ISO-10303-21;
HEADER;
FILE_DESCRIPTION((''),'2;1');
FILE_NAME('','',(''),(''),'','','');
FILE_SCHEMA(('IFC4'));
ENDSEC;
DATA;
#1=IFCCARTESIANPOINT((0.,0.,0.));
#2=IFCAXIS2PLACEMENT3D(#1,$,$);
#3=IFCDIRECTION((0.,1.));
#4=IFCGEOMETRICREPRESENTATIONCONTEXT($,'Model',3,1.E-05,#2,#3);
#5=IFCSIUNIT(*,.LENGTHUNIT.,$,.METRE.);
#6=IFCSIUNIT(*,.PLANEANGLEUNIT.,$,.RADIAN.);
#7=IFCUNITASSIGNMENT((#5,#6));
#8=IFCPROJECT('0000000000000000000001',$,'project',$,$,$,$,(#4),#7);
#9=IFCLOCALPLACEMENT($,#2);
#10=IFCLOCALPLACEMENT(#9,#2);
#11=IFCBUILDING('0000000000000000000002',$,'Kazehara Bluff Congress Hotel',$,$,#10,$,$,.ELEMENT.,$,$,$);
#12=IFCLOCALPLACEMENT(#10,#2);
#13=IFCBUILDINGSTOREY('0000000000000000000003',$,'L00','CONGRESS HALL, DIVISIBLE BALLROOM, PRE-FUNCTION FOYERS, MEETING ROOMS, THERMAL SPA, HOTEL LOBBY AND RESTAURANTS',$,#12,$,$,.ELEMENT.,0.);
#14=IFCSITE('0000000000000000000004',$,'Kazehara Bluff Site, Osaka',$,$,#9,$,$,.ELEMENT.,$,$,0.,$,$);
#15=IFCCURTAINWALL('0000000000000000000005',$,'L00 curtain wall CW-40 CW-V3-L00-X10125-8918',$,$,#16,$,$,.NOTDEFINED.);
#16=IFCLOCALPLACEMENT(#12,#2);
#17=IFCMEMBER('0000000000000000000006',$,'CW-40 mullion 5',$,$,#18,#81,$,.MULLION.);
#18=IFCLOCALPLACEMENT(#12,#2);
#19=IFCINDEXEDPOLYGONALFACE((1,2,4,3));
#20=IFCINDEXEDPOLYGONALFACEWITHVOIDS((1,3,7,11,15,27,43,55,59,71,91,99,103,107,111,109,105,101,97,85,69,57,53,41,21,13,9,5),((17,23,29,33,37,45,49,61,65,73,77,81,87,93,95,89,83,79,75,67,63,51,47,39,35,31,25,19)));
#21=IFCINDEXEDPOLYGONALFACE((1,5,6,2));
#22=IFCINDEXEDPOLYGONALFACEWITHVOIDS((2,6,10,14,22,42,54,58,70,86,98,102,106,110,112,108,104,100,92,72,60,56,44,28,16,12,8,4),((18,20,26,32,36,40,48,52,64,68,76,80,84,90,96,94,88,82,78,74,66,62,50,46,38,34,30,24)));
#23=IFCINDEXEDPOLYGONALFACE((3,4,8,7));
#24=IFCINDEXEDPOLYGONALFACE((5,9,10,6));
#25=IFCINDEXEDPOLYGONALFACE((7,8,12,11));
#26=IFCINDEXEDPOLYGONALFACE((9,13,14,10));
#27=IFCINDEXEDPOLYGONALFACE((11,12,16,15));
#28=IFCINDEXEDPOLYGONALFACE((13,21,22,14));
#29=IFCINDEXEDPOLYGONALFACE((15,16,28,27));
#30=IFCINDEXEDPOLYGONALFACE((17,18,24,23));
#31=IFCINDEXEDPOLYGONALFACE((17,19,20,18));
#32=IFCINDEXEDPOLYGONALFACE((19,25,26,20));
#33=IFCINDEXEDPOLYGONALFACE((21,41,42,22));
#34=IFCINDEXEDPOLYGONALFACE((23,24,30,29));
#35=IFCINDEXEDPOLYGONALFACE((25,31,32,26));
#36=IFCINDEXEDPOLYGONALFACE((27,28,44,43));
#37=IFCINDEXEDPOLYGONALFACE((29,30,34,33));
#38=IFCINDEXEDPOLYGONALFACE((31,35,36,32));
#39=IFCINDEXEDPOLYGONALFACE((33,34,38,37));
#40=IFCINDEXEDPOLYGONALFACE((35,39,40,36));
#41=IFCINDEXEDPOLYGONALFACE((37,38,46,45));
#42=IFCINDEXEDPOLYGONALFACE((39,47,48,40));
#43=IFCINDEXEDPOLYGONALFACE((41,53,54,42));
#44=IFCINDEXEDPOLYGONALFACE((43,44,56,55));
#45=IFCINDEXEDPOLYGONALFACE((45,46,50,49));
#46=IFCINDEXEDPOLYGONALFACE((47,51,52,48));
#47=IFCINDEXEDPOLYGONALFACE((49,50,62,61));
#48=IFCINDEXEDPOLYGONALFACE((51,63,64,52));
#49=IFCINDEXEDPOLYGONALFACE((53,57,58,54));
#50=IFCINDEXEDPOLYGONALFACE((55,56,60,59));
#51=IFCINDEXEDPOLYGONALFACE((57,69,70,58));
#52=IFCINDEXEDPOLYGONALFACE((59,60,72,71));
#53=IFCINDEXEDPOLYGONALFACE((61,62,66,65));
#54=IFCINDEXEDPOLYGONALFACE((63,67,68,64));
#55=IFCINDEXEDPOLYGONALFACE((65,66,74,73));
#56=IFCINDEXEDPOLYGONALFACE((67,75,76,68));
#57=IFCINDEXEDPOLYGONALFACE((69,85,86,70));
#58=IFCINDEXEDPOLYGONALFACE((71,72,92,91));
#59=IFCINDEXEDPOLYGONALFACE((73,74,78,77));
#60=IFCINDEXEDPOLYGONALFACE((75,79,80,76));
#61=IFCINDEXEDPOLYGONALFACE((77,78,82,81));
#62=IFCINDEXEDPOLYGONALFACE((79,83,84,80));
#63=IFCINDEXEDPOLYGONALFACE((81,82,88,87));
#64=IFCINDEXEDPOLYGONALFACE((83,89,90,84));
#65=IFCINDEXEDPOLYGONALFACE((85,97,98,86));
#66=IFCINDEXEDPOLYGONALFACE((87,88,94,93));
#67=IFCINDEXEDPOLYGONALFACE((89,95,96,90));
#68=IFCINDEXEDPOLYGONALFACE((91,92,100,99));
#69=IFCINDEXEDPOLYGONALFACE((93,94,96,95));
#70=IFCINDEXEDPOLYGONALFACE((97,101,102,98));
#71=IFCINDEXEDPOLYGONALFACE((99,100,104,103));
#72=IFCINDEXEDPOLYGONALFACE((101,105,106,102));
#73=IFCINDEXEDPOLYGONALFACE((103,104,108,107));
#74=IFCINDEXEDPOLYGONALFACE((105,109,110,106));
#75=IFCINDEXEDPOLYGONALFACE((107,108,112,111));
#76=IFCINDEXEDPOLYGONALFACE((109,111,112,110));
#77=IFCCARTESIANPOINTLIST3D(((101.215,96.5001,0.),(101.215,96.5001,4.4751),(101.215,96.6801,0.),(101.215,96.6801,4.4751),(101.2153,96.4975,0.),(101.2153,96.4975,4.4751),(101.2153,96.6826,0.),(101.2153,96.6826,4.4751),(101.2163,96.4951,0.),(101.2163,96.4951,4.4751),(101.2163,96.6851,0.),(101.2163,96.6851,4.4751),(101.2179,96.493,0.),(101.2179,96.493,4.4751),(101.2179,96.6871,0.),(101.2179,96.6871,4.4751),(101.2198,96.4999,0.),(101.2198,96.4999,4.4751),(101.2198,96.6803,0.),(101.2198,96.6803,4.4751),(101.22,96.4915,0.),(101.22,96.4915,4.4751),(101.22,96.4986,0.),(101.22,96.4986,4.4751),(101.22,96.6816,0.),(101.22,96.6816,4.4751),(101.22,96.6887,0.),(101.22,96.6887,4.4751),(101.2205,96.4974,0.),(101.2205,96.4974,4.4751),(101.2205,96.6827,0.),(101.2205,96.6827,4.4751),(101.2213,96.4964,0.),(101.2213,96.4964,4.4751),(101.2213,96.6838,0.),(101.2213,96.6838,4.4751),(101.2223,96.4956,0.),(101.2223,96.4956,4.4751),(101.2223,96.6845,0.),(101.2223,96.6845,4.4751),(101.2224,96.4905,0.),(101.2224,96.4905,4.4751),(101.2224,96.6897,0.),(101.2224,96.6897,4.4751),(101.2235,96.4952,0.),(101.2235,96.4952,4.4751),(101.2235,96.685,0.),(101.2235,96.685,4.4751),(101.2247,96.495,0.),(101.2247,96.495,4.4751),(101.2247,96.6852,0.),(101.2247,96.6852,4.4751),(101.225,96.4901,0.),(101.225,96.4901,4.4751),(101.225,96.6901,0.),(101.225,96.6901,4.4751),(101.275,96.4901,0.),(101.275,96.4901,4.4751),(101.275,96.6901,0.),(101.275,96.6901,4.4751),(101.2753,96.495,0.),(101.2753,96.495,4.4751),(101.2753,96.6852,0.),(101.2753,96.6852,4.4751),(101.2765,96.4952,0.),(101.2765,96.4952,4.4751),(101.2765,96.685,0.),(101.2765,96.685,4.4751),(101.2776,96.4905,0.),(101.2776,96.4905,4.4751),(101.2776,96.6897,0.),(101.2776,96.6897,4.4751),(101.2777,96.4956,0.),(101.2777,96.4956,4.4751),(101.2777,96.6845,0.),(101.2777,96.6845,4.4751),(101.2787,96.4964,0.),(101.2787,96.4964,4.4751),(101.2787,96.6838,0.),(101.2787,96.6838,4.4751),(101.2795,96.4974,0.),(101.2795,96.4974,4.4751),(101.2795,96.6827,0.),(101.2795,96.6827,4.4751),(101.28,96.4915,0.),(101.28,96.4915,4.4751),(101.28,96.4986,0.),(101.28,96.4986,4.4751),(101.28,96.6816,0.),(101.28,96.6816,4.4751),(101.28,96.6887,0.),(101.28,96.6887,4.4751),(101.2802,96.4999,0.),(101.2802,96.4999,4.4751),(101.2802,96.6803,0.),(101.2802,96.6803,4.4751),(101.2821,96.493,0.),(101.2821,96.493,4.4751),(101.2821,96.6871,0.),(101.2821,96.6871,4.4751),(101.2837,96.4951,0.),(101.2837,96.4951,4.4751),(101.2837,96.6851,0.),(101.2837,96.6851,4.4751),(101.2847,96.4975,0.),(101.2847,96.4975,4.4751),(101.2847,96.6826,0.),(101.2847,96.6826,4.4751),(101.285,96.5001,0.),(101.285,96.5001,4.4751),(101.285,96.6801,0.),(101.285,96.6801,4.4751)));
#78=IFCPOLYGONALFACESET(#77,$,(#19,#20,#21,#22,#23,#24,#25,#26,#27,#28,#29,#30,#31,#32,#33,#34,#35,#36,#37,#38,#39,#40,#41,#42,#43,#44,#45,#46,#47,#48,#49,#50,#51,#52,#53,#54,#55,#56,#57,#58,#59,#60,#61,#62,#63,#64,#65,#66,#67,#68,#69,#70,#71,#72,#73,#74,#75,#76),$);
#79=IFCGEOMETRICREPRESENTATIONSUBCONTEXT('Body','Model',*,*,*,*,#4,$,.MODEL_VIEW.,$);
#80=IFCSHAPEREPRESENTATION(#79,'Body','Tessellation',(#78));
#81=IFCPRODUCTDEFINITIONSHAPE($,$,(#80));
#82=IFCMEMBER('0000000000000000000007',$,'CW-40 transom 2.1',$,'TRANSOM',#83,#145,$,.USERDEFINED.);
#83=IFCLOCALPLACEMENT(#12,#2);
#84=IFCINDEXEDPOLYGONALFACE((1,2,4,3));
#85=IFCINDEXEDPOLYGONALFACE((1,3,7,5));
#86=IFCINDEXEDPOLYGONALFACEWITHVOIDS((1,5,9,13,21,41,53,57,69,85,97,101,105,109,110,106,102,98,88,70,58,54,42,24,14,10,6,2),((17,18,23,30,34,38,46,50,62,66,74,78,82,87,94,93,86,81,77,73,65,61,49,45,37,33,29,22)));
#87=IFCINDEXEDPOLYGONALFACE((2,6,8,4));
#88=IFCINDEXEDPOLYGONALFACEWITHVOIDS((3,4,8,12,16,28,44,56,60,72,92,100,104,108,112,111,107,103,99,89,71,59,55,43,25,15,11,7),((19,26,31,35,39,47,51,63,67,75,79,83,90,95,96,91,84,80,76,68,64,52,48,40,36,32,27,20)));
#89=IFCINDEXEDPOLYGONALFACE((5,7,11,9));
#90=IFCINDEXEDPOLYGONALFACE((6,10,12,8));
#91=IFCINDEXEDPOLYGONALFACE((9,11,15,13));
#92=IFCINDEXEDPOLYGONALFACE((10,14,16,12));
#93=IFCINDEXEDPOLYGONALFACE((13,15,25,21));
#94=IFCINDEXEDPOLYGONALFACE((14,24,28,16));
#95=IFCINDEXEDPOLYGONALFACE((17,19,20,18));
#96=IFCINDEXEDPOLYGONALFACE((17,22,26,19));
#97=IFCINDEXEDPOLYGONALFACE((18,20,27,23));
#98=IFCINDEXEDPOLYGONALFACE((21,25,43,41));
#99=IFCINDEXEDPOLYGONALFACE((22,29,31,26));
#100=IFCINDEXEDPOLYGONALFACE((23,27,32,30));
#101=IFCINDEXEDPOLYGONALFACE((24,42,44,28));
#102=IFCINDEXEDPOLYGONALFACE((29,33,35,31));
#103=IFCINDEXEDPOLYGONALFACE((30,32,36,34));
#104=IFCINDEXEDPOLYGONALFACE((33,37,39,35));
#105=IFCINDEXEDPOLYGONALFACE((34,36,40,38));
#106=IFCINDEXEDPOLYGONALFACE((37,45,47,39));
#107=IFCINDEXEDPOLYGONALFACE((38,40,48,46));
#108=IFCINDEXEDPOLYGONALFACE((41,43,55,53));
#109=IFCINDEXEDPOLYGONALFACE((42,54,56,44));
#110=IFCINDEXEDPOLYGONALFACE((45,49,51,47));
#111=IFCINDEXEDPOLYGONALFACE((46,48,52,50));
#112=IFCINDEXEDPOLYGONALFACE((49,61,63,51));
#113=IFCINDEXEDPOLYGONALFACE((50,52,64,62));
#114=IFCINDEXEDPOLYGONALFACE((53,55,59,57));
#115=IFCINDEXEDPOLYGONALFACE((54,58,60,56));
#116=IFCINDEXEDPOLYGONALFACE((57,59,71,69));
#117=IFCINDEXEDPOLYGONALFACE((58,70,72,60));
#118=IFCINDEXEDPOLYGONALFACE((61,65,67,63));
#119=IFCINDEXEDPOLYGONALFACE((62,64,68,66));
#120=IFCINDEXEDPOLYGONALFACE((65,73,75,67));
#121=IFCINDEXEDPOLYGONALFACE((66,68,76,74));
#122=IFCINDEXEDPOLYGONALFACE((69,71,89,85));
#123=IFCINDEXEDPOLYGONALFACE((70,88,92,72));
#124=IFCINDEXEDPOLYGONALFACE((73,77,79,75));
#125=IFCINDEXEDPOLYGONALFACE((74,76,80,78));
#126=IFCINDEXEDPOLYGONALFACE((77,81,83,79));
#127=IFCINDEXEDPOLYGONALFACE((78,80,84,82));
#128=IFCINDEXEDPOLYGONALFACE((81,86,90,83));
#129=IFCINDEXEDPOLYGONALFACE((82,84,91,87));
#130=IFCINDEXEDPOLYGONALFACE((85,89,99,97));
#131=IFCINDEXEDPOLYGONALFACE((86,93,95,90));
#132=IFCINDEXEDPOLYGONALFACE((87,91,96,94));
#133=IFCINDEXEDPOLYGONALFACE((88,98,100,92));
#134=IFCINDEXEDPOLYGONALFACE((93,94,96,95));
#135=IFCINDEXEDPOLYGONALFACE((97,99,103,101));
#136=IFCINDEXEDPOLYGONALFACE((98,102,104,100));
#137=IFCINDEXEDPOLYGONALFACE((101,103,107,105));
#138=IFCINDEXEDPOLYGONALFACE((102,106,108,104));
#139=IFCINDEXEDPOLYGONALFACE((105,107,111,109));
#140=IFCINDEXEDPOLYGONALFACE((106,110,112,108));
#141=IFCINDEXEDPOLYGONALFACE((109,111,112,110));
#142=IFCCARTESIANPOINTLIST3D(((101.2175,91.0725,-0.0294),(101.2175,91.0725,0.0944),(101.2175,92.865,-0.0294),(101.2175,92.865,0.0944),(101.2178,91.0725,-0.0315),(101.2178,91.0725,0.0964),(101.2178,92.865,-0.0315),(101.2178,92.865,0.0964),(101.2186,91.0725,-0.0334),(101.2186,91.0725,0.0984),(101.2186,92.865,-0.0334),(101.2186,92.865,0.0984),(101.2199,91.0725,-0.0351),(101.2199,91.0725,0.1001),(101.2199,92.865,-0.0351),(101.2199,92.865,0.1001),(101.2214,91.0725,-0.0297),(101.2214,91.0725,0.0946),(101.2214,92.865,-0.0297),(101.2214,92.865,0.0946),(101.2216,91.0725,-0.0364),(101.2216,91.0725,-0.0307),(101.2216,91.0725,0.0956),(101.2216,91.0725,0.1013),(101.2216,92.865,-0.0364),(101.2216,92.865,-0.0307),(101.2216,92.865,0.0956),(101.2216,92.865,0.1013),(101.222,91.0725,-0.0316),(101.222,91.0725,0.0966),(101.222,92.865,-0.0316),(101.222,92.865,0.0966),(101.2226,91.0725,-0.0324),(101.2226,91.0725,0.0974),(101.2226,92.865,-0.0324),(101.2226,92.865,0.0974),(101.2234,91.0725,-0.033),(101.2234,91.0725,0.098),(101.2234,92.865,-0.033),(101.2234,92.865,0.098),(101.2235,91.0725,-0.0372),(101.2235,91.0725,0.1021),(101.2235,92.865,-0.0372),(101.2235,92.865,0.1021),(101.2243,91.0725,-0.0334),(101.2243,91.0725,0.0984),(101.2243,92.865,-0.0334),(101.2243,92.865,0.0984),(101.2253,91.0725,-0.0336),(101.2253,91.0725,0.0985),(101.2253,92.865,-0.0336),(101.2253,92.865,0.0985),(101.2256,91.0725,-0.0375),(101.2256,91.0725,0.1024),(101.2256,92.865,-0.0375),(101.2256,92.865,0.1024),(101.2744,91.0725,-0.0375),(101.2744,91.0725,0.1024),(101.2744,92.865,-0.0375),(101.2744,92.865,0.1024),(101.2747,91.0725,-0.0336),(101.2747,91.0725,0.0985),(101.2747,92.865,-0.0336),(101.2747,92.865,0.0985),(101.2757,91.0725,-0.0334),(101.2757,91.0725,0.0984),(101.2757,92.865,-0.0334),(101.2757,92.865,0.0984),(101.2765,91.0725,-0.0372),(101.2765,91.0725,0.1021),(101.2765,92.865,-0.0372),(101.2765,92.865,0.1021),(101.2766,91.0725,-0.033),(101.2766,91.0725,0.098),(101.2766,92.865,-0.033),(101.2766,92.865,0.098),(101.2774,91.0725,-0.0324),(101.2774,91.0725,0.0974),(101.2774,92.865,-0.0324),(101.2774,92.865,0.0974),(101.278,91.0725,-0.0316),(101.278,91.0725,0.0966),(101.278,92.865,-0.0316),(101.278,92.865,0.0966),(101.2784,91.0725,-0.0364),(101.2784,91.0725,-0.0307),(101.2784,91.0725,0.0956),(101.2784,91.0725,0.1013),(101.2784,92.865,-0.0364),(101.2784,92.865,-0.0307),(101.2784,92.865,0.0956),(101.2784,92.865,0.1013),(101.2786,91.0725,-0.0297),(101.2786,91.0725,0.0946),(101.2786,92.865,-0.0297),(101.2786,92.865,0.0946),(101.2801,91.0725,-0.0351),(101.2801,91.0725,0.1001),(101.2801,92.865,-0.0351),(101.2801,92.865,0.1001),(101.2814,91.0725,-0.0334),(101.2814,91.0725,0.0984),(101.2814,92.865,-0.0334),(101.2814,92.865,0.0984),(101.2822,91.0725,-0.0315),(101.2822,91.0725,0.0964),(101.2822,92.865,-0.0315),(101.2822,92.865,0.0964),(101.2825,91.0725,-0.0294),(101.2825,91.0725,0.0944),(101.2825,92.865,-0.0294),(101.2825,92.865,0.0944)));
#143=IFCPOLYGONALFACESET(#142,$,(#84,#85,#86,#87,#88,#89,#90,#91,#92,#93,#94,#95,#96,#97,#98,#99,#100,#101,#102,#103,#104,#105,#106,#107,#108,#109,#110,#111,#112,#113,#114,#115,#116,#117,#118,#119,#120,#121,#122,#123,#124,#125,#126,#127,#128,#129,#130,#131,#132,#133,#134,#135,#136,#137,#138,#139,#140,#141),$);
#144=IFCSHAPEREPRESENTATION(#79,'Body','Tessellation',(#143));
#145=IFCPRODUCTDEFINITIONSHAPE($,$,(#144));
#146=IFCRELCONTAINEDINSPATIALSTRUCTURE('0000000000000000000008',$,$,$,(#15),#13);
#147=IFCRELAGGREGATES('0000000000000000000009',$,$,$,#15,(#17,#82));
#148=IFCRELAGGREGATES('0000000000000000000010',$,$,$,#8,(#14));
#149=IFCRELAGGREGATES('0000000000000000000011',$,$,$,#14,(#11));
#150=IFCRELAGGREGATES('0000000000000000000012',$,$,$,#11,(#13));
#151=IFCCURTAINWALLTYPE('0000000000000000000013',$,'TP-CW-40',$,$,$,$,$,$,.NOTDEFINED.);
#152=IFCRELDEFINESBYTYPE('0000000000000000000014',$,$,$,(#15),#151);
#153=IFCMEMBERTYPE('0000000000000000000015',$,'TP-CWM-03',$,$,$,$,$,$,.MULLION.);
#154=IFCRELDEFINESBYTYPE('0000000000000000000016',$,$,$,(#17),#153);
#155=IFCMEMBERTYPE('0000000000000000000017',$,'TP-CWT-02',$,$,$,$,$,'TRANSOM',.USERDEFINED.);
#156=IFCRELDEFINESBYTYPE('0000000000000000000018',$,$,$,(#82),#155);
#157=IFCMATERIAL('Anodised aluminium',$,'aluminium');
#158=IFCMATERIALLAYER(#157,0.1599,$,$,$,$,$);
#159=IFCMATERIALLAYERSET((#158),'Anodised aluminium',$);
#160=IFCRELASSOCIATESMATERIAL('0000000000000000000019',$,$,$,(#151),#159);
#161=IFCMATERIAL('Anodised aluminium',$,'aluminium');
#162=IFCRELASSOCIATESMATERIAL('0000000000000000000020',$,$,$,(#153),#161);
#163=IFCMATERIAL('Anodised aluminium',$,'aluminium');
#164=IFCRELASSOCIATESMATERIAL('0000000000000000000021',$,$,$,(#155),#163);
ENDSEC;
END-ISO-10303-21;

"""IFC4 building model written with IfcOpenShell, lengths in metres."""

from ifc_helpers import new_model, si_unit, direction, frame, origin, origin_2d, place, context, subcontext, project, spatial, hollow_rectangle, extrude, material, layer, layer_set, material_profile, profile_set, type_object, element, aggregate, save


model = new_model("IFC4")

# Units and contexts
model_context = context("Model", 3, precision=1e-05, world=origin(), true_north=direction((0.0, 1.0)))
body_context = subcontext(model_context, "Body", "Model", "MODEL_VIEW")
ifc_project = project(units=[si_unit("LENGTHUNIT", "METRE"), si_unit("PLANEANGLEUNIT", "RADIAN")], contexts=[model_context])

# Site, building, storey
site_placement = place(None, origin())
site = spatial("IfcSite", under=ifc_project, at=site_placement, Name="Kazehara Bluff Site, Osaka", CompositionType="ELEMENT", RefElevation=0.0)
building_placement = place(site_placement, origin())
building = spatial("IfcBuilding", under=site, at=building_placement, Name="Kazehara Bluff Congress Hotel", CompositionType="ELEMENT")
storey_placement = place(building_placement, origin())
storey = spatial("IfcBuildingStorey", under=building, at=storey_placement, Name="L00", Description="CONGRESS HALL, DIVISIBLE BALLROOM, PRE-FUNCTION FOYERS, MEETING ROOMS, THERMAL SPA, HOTEL LOBBY AND RESTAURANTS", CompositionType="ELEMENT", Elevation=0.0)

# Curtain wall, members
ifc_material_1 = material(Name="Anodised aluminium", Category="aluminium")
ifc_layer_1 = layer(ifc_material_1, 0.1599)
ifc_layer_set_1 = layer_set([ifc_layer_1], Name="Anodised aluminium")
curtain_wall_type = type_object("IfcCurtainWallType", Name="TP-CW-40", PredefinedType="NOTDEFINED", material=ifc_layer_set_1)
curtain_wall_placement = place(storey_placement, origin())
curtain_wall = element("IfcCurtainWall", 1, at=curtain_wall_placement, inside=storey, type_object=curtain_wall_type, Name="L00 curtain wall CW-40 CW-V3-L00-X10125-8918", PredefinedType="NOTDEFINED")
ifc_material_2 = material(Name="Anodised aluminium", Category="aluminium")
ifc_material_profile_1 = material_profile(ifc_material_2, hollow_rectangle(XDim=0.0701, YDim=0.2, WallThickness=0.0049, InnerFilletRadius=0.0049, OuterFilletRadius=0.01, at=origin_2d()))
ifc_profile_set_1 = profile_set([ifc_material_profile_1], Name="Anodised aluminium")
member_type_1 = type_object("IfcMemberType", Name="TP-CWM-03", PredefinedType="MULLION", material=ifc_profile_set_1)
member_1_placement = place(storey_placement, frame((101.25, 96.5901, 0.0), z_axis=(0.0, 0.0, 1.0), x_axis=(-1.0, 0.0, 0.0)))
member_1 = element("IfcMember", 2, at=member_1_placement, type_object=member_type_1, Name="CW-40 mullion 5", PredefinedType="MULLION", context=body_context, shape_type="SweptSolid", body=[
    extrude(hollow_rectangle(XDim=0.0701, YDim=0.2, WallThickness=0.0049, InnerFilletRadius=0.0049, OuterFilletRadius=0.01, at=origin_2d()), origin(), (0.0, 0.0, 1.0), 4.4751),
])
ifc_material_3 = material(Name="Anodised aluminium", Category="aluminium")
ifc_material_profile_2 = material_profile(ifc_material_3, hollow_rectangle(XDim=0.0649, YDim=0.1399, WallThickness=0.0039, InnerFilletRadius=0.0039, OuterFilletRadius=0.0081, at=origin_2d()))
ifc_profile_set_2 = profile_set([ifc_material_profile_2], Name="Anodised aluminium")
member_type_2 = type_object("IfcMemberType", Name="TP-CWT-02", ElementType="TRANSOM", PredefinedType="USERDEFINED", material=ifc_profile_set_2)
member_2_placement = place(storey_placement, frame((101.25, 91.0725, 0.0325), z_axis=(0.0, 1.0, 0.0), x_axis=(-1.0, 0.0, 0.0)))
member_2 = element("IfcMember", 3, at=member_2_placement, type_object=member_type_2, Name="CW-40 transom 2.1", ObjectType="TRANSOM", PredefinedType="USERDEFINED", context=body_context, shape_type="SweptSolid", body=[
    extrude(hollow_rectangle(XDim=0.0649, YDim=0.1399, WallThickness=0.0039, InnerFilletRadius=0.0039, OuterFilletRadius=0.0081, at=origin_2d()), origin(), (0.0, 0.0, 1.0), 1.7925),
])
aggregate(curtain_wall, [member_1, member_2])

save(model, "model.ifc")
